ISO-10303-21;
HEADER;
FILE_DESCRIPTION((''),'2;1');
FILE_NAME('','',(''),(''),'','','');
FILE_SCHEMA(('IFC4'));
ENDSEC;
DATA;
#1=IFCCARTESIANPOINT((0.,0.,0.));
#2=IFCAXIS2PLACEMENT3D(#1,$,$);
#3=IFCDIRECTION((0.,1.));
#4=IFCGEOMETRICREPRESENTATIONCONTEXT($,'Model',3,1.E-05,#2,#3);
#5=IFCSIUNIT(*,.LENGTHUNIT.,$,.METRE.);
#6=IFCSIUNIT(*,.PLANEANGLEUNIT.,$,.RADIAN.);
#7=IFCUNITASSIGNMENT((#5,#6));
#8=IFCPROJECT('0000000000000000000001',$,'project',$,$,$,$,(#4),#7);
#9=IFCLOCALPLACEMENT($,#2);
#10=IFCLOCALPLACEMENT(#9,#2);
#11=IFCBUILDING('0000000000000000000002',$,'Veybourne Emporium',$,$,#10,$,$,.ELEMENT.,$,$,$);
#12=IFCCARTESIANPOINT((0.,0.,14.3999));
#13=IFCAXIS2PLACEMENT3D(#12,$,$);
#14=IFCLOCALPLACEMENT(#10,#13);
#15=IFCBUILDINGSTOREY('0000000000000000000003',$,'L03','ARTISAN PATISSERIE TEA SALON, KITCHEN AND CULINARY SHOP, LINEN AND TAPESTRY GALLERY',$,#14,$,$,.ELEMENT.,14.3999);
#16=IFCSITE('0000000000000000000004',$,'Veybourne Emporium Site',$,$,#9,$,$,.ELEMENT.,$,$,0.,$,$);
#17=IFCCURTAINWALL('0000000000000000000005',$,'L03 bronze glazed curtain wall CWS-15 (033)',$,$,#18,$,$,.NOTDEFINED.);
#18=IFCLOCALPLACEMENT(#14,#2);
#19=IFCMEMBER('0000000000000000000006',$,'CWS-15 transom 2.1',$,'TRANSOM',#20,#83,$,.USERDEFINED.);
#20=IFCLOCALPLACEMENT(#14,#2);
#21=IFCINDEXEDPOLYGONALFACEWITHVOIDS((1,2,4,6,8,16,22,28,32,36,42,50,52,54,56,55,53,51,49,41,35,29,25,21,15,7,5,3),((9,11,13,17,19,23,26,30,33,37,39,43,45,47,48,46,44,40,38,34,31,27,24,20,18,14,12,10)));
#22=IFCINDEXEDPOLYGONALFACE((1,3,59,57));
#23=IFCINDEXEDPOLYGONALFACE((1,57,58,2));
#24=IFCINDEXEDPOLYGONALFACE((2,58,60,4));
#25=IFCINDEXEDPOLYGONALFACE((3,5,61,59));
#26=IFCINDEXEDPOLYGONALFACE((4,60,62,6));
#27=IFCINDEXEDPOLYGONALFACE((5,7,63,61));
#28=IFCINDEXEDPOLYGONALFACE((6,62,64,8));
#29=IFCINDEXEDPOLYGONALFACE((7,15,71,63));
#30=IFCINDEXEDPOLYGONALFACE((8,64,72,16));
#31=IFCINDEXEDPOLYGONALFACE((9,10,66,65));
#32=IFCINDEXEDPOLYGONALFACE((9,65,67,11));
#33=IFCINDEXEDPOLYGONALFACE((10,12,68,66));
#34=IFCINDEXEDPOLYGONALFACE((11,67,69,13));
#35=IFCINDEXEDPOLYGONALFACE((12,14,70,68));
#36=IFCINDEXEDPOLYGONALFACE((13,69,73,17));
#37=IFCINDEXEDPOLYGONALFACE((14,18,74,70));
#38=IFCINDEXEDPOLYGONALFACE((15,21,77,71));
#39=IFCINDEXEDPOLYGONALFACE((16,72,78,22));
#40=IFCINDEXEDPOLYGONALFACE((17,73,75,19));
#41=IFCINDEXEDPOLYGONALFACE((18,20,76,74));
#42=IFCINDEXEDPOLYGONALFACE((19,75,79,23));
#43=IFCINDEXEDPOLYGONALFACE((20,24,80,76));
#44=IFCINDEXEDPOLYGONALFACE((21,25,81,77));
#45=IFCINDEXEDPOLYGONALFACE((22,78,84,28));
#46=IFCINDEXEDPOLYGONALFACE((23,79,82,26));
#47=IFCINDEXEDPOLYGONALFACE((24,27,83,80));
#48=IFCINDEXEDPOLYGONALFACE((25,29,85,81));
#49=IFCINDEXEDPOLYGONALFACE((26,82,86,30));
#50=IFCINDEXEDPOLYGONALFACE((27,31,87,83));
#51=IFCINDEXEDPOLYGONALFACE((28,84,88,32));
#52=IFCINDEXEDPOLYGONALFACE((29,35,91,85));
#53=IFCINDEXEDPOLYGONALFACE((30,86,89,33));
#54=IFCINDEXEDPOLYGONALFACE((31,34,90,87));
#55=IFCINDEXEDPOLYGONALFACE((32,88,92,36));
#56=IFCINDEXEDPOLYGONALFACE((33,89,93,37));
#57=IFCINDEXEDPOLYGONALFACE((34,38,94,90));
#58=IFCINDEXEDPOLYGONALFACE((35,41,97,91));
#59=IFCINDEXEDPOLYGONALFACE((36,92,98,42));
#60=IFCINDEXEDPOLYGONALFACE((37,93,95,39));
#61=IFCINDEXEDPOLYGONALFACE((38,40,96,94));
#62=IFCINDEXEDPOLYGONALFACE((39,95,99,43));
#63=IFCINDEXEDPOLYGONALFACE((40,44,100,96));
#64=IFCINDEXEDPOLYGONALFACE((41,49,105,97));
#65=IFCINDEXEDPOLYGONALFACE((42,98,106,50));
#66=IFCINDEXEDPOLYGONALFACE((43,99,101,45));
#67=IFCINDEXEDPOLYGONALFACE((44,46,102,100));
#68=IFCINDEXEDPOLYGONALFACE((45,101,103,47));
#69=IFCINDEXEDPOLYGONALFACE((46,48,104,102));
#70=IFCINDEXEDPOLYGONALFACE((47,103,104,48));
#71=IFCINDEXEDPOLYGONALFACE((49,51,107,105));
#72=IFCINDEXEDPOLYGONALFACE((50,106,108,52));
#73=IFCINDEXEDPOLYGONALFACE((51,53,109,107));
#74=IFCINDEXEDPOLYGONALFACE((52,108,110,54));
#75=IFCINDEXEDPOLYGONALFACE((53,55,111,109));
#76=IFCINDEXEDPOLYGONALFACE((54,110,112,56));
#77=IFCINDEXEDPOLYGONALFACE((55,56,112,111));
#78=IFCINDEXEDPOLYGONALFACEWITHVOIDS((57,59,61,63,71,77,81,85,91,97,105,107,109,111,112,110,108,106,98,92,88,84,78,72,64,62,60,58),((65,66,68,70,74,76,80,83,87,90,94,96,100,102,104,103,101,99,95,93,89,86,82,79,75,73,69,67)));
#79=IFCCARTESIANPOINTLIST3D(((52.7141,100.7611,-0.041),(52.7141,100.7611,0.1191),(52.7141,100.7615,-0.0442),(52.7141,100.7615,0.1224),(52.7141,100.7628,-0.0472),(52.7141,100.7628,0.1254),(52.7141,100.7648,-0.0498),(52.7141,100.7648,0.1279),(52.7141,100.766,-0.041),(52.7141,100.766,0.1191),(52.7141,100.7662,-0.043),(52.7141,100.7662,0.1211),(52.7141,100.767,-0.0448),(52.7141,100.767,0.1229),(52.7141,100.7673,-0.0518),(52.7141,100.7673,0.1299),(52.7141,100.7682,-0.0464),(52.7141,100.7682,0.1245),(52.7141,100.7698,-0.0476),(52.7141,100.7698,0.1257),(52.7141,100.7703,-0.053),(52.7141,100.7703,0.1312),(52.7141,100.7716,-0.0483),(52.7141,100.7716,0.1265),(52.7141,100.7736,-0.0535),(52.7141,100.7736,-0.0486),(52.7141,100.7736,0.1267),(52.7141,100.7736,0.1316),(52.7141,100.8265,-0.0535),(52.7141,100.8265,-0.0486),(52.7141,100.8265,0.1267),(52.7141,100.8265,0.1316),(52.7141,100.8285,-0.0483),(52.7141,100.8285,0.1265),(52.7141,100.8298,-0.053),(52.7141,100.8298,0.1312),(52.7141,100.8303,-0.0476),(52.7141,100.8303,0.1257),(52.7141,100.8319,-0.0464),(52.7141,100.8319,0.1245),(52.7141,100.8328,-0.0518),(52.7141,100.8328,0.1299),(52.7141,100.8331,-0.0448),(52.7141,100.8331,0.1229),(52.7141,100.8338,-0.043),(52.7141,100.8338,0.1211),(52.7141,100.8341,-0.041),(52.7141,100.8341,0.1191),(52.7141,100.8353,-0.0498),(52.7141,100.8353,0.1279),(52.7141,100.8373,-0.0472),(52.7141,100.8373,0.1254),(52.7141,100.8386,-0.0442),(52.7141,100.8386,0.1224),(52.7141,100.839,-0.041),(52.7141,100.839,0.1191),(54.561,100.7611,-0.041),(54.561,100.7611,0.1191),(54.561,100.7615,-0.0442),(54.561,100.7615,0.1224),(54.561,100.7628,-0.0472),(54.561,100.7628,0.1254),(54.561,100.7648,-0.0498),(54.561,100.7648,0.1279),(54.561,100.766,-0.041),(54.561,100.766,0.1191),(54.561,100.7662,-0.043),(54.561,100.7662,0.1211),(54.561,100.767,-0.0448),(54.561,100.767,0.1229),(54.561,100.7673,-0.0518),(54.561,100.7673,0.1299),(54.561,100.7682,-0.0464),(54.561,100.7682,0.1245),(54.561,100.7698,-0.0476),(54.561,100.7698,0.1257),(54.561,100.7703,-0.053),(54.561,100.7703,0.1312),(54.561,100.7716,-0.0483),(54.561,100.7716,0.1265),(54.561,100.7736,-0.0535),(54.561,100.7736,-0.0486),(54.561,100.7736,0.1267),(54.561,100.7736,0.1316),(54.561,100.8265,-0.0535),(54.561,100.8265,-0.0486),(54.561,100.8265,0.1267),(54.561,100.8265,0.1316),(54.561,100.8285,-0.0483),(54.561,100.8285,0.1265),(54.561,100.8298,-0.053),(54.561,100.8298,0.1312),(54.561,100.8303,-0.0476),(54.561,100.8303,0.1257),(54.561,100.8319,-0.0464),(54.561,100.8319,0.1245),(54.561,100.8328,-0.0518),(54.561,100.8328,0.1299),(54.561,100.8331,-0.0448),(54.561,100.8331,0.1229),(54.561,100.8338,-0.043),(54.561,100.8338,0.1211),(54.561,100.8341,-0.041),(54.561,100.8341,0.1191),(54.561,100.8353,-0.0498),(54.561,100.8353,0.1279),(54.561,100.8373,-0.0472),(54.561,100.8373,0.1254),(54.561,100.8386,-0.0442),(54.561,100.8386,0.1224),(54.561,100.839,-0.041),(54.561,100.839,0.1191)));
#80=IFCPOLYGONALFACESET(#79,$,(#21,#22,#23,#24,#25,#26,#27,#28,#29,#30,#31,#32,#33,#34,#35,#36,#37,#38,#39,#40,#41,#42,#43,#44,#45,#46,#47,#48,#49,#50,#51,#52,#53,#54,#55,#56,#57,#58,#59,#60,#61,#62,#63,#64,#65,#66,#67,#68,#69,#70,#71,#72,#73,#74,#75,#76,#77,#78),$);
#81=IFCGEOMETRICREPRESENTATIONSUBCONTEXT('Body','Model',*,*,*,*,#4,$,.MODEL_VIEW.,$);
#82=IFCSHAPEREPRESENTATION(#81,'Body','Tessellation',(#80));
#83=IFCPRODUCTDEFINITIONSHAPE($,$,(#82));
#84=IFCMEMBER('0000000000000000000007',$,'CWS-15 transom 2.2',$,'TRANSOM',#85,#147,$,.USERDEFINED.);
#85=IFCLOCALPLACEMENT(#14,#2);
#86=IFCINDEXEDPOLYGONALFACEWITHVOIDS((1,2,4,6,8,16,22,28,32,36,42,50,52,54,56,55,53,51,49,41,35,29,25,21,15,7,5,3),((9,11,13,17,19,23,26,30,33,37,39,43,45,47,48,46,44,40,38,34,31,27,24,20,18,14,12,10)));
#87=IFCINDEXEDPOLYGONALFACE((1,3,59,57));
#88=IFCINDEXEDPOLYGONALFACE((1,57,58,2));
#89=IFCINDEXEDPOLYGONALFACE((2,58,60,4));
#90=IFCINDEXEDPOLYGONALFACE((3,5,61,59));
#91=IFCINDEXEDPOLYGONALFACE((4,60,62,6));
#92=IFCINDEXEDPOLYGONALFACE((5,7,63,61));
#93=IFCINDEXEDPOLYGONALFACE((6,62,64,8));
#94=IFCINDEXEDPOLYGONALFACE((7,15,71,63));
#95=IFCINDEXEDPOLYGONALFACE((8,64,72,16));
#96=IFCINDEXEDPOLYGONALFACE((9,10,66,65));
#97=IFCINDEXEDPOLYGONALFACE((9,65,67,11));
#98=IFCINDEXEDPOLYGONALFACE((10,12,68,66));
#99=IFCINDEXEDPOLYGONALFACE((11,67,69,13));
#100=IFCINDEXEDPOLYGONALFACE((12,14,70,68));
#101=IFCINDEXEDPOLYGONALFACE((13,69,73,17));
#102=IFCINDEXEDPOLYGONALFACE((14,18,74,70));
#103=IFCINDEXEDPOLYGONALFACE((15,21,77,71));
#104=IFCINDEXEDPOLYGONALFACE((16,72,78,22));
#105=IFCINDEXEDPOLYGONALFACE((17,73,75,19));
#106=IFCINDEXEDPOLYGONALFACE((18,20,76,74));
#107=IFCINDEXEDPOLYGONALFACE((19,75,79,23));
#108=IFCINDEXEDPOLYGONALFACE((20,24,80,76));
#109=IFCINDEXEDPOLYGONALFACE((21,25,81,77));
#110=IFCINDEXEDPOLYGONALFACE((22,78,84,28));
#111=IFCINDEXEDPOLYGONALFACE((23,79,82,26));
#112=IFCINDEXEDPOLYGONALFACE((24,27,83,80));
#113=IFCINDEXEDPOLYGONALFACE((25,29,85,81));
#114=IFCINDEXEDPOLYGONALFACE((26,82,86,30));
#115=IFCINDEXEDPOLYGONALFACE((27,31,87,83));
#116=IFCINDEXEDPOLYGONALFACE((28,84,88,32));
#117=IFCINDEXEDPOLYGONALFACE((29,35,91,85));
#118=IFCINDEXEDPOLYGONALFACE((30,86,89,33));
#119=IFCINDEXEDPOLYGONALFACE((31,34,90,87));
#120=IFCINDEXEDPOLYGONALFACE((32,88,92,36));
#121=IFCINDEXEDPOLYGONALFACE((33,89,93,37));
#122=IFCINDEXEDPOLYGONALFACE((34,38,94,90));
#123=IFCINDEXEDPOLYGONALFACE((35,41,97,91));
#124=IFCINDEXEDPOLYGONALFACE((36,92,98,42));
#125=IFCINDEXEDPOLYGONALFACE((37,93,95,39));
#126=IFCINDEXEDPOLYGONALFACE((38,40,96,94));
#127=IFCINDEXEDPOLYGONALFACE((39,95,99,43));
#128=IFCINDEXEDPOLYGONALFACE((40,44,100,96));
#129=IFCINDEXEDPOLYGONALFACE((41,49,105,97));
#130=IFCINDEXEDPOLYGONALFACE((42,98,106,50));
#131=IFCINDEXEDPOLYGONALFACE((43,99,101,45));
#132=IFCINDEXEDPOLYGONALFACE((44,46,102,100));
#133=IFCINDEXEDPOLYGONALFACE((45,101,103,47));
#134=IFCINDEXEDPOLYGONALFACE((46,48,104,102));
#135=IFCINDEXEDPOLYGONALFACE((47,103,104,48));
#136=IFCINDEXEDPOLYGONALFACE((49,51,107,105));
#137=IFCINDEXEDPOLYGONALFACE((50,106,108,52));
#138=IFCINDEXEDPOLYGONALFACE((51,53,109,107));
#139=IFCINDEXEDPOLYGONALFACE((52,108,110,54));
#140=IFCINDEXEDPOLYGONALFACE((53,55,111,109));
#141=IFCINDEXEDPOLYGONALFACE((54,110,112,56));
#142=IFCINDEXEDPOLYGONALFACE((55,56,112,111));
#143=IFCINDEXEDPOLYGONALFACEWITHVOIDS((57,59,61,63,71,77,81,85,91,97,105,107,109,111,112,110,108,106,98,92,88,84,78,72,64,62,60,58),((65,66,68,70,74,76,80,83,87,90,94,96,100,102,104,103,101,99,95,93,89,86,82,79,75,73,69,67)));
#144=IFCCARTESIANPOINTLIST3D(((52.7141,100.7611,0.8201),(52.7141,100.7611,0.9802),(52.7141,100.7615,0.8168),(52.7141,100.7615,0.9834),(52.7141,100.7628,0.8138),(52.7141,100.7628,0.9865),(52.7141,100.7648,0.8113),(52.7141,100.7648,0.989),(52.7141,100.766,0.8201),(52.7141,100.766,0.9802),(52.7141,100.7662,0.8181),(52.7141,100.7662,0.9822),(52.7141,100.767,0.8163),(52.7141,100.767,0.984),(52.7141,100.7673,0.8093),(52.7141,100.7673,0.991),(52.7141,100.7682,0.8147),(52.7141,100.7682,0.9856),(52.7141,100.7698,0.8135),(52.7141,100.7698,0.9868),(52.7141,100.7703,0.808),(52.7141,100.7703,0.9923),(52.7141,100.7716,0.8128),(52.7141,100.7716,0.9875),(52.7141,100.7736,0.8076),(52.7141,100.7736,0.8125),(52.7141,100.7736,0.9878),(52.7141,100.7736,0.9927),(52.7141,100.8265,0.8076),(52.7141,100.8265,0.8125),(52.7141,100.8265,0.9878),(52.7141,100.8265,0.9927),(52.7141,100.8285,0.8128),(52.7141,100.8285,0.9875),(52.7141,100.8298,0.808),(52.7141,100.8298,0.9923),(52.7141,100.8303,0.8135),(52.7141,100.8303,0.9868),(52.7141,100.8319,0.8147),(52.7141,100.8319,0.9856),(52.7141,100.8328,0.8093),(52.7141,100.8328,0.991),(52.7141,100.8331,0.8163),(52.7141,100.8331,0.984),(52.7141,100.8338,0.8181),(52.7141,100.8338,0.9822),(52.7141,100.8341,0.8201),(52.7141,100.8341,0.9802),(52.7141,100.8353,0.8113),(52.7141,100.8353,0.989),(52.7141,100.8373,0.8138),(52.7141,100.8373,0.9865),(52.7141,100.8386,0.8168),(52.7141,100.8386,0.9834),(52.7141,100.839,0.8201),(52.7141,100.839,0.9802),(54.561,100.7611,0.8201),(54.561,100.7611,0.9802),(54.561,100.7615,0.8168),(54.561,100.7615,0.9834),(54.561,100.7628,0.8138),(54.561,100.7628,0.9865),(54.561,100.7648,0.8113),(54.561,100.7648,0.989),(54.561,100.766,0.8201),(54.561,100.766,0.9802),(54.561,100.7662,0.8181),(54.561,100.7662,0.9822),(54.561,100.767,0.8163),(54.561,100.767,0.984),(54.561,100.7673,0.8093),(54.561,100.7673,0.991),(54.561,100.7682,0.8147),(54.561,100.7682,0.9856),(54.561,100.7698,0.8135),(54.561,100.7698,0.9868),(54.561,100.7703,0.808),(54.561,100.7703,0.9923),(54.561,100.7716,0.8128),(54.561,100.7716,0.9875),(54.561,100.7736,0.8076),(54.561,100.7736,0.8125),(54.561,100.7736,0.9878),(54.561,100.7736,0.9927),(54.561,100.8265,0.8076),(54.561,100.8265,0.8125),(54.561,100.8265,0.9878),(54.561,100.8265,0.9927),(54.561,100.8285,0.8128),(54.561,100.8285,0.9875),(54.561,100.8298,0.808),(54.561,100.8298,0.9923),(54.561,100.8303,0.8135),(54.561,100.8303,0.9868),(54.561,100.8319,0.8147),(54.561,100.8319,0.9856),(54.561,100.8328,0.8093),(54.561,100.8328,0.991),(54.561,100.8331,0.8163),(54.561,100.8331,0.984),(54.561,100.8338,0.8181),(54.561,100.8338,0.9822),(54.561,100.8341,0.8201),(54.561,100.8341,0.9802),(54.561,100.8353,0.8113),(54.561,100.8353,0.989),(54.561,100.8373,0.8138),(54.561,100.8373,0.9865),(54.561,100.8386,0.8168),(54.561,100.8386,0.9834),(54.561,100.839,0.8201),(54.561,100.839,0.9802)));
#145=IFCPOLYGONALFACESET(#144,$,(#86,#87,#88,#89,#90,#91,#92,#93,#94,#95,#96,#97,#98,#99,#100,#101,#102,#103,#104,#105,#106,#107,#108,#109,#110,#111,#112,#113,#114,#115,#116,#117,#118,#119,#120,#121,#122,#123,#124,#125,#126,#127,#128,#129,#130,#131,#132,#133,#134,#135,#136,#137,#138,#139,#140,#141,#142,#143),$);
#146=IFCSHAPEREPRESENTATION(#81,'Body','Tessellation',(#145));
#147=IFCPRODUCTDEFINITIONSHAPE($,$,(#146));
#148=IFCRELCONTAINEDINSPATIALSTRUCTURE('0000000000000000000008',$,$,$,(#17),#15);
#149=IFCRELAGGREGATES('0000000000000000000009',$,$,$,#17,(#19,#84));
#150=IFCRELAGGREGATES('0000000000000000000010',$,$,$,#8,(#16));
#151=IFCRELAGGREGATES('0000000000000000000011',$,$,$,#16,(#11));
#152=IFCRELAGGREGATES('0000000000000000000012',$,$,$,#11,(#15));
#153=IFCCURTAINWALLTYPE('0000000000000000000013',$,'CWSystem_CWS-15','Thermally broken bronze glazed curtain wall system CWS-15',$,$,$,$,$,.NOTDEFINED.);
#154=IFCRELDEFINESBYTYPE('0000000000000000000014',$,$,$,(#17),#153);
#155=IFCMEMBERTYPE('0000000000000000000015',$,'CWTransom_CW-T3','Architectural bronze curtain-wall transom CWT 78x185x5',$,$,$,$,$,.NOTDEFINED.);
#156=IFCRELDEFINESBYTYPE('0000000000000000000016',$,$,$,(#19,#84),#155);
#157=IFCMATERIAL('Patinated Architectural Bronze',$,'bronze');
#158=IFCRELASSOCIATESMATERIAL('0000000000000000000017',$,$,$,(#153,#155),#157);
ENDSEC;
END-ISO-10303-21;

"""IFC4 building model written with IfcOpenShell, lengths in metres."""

from ifc_helpers import new_model, si_unit, direction, frame, origin, origin_2d, place, context, subcontext, project, spatial, hollow_rectangle, extrude, material, material_profile, profile_set, type_object, element, aggregate, save


model = new_model("IFC4")

# Units and contexts
model_context = context("Model", 3, precision=1e-05, world=origin(), true_north=direction((0.0, 1.0)))
body_context = subcontext(model_context, "Body", "Model", "MODEL_VIEW")
ifc_project = project(units=[si_unit("LENGTHUNIT", "METRE"), si_unit("PLANEANGLEUNIT", "RADIAN")], contexts=[model_context])

# Site, building, storey
site_placement = place(None, origin())
site = spatial("IfcSite", under=ifc_project, at=site_placement, Name="Veybourne Emporium Site", CompositionType="ELEMENT", RefElevation=0.0)
building_placement = place(site_placement, origin())
building = spatial("IfcBuilding", under=site, at=building_placement, Name="Veybourne Emporium", CompositionType="ELEMENT")
storey_placement = place(building_placement, frame((0.0, 0.0, 14.3999)))
storey = spatial("IfcBuildingStorey", under=building, at=storey_placement, Name="L03", Description="ARTISAN PATISSERIE TEA SALON, KITCHEN AND CULINARY SHOP, LINEN AND TAPESTRY GALLERY", CompositionType="ELEMENT", Elevation=14.3999)

# Curtain wall, members
ifc_material_1 = material(Name="Patinated Architectural Bronze", Category="bronze")
curtain_wall_type = type_object("IfcCurtainWallType", Name="CWSystem_CWS-15", Description="Thermally broken bronze glazed curtain wall system CWS-15", PredefinedType="NOTDEFINED", material=ifc_material_1)
curtain_wall_placement = place(storey_placement, origin())
curtain_wall = element("IfcCurtainWall", 1, at=curtain_wall_placement, inside=storey, type_object=curtain_wall_type, Name="L03 bronze glazed curtain wall CWS-15 (033)", PredefinedType="NOTDEFINED")
ifc_material_profile_1 = material_profile(ifc_material_1, hollow_rectangle(XDim=0.0779, YDim=0.1851, WallThickness=0.0049, InnerFilletRadius=0.0076, OuterFilletRadius=0.0125, at=origin_2d()), Name="CWT 78x185x5")
ifc_profile_set_1 = profile_set([ifc_material_profile_1], Name="Patinated Architectural Bronze")
member_type_1 = type_object("IfcMemberType", Name="CWTransom_CW-T3", Description="Architectural bronze curtain-wall transom CWT 78x185x5", PredefinedType="NOTDEFINED", material=ifc_profile_set_1)
member_1_placement = place(storey_placement, frame((52.7141, 100.8, 0.0391), z_axis=(1.0, 0.0, 0.0), x_axis=(0.0, 1.0, 0.0)))
member_1 = element("IfcMember", 2, at=member_1_placement, type_object=member_type_1, Name="CWS-15 transom 2.1", ObjectType="TRANSOM", PredefinedType="USERDEFINED", context=body_context, shape_type="SweptSolid", body=[
    extrude(hollow_rectangle(XDim=0.0779, YDim=0.1851, WallThickness=0.0049, InnerFilletRadius=0.0076, OuterFilletRadius=0.0125, at=origin_2d()), origin(), (0.0, 0.0, 1.0), 1.8469),
])
member_2_placement = place(storey_placement, frame((52.7141, 100.8, 0.9001), z_axis=(1.0, 0.0, 0.0), x_axis=(0.0, 1.0, 0.0)))
member_2 = element("IfcMember", 3, at=member_2_placement, type_object=member_type_1, Name="CWS-15 transom 2.2", ObjectType="TRANSOM", PredefinedType="USERDEFINED", context=body_context, shape_type="SweptSolid", body=[
    extrude(hollow_rectangle(XDim=0.0779, YDim=0.1851, WallThickness=0.0049, InnerFilletRadius=0.0076, OuterFilletRadius=0.0125, at=origin_2d()), origin(), (0.0, 0.0, 1.0), 1.8469),
])

aggregate(curtain_wall, [member_1, member_2])

save(model, "model.ifc")
